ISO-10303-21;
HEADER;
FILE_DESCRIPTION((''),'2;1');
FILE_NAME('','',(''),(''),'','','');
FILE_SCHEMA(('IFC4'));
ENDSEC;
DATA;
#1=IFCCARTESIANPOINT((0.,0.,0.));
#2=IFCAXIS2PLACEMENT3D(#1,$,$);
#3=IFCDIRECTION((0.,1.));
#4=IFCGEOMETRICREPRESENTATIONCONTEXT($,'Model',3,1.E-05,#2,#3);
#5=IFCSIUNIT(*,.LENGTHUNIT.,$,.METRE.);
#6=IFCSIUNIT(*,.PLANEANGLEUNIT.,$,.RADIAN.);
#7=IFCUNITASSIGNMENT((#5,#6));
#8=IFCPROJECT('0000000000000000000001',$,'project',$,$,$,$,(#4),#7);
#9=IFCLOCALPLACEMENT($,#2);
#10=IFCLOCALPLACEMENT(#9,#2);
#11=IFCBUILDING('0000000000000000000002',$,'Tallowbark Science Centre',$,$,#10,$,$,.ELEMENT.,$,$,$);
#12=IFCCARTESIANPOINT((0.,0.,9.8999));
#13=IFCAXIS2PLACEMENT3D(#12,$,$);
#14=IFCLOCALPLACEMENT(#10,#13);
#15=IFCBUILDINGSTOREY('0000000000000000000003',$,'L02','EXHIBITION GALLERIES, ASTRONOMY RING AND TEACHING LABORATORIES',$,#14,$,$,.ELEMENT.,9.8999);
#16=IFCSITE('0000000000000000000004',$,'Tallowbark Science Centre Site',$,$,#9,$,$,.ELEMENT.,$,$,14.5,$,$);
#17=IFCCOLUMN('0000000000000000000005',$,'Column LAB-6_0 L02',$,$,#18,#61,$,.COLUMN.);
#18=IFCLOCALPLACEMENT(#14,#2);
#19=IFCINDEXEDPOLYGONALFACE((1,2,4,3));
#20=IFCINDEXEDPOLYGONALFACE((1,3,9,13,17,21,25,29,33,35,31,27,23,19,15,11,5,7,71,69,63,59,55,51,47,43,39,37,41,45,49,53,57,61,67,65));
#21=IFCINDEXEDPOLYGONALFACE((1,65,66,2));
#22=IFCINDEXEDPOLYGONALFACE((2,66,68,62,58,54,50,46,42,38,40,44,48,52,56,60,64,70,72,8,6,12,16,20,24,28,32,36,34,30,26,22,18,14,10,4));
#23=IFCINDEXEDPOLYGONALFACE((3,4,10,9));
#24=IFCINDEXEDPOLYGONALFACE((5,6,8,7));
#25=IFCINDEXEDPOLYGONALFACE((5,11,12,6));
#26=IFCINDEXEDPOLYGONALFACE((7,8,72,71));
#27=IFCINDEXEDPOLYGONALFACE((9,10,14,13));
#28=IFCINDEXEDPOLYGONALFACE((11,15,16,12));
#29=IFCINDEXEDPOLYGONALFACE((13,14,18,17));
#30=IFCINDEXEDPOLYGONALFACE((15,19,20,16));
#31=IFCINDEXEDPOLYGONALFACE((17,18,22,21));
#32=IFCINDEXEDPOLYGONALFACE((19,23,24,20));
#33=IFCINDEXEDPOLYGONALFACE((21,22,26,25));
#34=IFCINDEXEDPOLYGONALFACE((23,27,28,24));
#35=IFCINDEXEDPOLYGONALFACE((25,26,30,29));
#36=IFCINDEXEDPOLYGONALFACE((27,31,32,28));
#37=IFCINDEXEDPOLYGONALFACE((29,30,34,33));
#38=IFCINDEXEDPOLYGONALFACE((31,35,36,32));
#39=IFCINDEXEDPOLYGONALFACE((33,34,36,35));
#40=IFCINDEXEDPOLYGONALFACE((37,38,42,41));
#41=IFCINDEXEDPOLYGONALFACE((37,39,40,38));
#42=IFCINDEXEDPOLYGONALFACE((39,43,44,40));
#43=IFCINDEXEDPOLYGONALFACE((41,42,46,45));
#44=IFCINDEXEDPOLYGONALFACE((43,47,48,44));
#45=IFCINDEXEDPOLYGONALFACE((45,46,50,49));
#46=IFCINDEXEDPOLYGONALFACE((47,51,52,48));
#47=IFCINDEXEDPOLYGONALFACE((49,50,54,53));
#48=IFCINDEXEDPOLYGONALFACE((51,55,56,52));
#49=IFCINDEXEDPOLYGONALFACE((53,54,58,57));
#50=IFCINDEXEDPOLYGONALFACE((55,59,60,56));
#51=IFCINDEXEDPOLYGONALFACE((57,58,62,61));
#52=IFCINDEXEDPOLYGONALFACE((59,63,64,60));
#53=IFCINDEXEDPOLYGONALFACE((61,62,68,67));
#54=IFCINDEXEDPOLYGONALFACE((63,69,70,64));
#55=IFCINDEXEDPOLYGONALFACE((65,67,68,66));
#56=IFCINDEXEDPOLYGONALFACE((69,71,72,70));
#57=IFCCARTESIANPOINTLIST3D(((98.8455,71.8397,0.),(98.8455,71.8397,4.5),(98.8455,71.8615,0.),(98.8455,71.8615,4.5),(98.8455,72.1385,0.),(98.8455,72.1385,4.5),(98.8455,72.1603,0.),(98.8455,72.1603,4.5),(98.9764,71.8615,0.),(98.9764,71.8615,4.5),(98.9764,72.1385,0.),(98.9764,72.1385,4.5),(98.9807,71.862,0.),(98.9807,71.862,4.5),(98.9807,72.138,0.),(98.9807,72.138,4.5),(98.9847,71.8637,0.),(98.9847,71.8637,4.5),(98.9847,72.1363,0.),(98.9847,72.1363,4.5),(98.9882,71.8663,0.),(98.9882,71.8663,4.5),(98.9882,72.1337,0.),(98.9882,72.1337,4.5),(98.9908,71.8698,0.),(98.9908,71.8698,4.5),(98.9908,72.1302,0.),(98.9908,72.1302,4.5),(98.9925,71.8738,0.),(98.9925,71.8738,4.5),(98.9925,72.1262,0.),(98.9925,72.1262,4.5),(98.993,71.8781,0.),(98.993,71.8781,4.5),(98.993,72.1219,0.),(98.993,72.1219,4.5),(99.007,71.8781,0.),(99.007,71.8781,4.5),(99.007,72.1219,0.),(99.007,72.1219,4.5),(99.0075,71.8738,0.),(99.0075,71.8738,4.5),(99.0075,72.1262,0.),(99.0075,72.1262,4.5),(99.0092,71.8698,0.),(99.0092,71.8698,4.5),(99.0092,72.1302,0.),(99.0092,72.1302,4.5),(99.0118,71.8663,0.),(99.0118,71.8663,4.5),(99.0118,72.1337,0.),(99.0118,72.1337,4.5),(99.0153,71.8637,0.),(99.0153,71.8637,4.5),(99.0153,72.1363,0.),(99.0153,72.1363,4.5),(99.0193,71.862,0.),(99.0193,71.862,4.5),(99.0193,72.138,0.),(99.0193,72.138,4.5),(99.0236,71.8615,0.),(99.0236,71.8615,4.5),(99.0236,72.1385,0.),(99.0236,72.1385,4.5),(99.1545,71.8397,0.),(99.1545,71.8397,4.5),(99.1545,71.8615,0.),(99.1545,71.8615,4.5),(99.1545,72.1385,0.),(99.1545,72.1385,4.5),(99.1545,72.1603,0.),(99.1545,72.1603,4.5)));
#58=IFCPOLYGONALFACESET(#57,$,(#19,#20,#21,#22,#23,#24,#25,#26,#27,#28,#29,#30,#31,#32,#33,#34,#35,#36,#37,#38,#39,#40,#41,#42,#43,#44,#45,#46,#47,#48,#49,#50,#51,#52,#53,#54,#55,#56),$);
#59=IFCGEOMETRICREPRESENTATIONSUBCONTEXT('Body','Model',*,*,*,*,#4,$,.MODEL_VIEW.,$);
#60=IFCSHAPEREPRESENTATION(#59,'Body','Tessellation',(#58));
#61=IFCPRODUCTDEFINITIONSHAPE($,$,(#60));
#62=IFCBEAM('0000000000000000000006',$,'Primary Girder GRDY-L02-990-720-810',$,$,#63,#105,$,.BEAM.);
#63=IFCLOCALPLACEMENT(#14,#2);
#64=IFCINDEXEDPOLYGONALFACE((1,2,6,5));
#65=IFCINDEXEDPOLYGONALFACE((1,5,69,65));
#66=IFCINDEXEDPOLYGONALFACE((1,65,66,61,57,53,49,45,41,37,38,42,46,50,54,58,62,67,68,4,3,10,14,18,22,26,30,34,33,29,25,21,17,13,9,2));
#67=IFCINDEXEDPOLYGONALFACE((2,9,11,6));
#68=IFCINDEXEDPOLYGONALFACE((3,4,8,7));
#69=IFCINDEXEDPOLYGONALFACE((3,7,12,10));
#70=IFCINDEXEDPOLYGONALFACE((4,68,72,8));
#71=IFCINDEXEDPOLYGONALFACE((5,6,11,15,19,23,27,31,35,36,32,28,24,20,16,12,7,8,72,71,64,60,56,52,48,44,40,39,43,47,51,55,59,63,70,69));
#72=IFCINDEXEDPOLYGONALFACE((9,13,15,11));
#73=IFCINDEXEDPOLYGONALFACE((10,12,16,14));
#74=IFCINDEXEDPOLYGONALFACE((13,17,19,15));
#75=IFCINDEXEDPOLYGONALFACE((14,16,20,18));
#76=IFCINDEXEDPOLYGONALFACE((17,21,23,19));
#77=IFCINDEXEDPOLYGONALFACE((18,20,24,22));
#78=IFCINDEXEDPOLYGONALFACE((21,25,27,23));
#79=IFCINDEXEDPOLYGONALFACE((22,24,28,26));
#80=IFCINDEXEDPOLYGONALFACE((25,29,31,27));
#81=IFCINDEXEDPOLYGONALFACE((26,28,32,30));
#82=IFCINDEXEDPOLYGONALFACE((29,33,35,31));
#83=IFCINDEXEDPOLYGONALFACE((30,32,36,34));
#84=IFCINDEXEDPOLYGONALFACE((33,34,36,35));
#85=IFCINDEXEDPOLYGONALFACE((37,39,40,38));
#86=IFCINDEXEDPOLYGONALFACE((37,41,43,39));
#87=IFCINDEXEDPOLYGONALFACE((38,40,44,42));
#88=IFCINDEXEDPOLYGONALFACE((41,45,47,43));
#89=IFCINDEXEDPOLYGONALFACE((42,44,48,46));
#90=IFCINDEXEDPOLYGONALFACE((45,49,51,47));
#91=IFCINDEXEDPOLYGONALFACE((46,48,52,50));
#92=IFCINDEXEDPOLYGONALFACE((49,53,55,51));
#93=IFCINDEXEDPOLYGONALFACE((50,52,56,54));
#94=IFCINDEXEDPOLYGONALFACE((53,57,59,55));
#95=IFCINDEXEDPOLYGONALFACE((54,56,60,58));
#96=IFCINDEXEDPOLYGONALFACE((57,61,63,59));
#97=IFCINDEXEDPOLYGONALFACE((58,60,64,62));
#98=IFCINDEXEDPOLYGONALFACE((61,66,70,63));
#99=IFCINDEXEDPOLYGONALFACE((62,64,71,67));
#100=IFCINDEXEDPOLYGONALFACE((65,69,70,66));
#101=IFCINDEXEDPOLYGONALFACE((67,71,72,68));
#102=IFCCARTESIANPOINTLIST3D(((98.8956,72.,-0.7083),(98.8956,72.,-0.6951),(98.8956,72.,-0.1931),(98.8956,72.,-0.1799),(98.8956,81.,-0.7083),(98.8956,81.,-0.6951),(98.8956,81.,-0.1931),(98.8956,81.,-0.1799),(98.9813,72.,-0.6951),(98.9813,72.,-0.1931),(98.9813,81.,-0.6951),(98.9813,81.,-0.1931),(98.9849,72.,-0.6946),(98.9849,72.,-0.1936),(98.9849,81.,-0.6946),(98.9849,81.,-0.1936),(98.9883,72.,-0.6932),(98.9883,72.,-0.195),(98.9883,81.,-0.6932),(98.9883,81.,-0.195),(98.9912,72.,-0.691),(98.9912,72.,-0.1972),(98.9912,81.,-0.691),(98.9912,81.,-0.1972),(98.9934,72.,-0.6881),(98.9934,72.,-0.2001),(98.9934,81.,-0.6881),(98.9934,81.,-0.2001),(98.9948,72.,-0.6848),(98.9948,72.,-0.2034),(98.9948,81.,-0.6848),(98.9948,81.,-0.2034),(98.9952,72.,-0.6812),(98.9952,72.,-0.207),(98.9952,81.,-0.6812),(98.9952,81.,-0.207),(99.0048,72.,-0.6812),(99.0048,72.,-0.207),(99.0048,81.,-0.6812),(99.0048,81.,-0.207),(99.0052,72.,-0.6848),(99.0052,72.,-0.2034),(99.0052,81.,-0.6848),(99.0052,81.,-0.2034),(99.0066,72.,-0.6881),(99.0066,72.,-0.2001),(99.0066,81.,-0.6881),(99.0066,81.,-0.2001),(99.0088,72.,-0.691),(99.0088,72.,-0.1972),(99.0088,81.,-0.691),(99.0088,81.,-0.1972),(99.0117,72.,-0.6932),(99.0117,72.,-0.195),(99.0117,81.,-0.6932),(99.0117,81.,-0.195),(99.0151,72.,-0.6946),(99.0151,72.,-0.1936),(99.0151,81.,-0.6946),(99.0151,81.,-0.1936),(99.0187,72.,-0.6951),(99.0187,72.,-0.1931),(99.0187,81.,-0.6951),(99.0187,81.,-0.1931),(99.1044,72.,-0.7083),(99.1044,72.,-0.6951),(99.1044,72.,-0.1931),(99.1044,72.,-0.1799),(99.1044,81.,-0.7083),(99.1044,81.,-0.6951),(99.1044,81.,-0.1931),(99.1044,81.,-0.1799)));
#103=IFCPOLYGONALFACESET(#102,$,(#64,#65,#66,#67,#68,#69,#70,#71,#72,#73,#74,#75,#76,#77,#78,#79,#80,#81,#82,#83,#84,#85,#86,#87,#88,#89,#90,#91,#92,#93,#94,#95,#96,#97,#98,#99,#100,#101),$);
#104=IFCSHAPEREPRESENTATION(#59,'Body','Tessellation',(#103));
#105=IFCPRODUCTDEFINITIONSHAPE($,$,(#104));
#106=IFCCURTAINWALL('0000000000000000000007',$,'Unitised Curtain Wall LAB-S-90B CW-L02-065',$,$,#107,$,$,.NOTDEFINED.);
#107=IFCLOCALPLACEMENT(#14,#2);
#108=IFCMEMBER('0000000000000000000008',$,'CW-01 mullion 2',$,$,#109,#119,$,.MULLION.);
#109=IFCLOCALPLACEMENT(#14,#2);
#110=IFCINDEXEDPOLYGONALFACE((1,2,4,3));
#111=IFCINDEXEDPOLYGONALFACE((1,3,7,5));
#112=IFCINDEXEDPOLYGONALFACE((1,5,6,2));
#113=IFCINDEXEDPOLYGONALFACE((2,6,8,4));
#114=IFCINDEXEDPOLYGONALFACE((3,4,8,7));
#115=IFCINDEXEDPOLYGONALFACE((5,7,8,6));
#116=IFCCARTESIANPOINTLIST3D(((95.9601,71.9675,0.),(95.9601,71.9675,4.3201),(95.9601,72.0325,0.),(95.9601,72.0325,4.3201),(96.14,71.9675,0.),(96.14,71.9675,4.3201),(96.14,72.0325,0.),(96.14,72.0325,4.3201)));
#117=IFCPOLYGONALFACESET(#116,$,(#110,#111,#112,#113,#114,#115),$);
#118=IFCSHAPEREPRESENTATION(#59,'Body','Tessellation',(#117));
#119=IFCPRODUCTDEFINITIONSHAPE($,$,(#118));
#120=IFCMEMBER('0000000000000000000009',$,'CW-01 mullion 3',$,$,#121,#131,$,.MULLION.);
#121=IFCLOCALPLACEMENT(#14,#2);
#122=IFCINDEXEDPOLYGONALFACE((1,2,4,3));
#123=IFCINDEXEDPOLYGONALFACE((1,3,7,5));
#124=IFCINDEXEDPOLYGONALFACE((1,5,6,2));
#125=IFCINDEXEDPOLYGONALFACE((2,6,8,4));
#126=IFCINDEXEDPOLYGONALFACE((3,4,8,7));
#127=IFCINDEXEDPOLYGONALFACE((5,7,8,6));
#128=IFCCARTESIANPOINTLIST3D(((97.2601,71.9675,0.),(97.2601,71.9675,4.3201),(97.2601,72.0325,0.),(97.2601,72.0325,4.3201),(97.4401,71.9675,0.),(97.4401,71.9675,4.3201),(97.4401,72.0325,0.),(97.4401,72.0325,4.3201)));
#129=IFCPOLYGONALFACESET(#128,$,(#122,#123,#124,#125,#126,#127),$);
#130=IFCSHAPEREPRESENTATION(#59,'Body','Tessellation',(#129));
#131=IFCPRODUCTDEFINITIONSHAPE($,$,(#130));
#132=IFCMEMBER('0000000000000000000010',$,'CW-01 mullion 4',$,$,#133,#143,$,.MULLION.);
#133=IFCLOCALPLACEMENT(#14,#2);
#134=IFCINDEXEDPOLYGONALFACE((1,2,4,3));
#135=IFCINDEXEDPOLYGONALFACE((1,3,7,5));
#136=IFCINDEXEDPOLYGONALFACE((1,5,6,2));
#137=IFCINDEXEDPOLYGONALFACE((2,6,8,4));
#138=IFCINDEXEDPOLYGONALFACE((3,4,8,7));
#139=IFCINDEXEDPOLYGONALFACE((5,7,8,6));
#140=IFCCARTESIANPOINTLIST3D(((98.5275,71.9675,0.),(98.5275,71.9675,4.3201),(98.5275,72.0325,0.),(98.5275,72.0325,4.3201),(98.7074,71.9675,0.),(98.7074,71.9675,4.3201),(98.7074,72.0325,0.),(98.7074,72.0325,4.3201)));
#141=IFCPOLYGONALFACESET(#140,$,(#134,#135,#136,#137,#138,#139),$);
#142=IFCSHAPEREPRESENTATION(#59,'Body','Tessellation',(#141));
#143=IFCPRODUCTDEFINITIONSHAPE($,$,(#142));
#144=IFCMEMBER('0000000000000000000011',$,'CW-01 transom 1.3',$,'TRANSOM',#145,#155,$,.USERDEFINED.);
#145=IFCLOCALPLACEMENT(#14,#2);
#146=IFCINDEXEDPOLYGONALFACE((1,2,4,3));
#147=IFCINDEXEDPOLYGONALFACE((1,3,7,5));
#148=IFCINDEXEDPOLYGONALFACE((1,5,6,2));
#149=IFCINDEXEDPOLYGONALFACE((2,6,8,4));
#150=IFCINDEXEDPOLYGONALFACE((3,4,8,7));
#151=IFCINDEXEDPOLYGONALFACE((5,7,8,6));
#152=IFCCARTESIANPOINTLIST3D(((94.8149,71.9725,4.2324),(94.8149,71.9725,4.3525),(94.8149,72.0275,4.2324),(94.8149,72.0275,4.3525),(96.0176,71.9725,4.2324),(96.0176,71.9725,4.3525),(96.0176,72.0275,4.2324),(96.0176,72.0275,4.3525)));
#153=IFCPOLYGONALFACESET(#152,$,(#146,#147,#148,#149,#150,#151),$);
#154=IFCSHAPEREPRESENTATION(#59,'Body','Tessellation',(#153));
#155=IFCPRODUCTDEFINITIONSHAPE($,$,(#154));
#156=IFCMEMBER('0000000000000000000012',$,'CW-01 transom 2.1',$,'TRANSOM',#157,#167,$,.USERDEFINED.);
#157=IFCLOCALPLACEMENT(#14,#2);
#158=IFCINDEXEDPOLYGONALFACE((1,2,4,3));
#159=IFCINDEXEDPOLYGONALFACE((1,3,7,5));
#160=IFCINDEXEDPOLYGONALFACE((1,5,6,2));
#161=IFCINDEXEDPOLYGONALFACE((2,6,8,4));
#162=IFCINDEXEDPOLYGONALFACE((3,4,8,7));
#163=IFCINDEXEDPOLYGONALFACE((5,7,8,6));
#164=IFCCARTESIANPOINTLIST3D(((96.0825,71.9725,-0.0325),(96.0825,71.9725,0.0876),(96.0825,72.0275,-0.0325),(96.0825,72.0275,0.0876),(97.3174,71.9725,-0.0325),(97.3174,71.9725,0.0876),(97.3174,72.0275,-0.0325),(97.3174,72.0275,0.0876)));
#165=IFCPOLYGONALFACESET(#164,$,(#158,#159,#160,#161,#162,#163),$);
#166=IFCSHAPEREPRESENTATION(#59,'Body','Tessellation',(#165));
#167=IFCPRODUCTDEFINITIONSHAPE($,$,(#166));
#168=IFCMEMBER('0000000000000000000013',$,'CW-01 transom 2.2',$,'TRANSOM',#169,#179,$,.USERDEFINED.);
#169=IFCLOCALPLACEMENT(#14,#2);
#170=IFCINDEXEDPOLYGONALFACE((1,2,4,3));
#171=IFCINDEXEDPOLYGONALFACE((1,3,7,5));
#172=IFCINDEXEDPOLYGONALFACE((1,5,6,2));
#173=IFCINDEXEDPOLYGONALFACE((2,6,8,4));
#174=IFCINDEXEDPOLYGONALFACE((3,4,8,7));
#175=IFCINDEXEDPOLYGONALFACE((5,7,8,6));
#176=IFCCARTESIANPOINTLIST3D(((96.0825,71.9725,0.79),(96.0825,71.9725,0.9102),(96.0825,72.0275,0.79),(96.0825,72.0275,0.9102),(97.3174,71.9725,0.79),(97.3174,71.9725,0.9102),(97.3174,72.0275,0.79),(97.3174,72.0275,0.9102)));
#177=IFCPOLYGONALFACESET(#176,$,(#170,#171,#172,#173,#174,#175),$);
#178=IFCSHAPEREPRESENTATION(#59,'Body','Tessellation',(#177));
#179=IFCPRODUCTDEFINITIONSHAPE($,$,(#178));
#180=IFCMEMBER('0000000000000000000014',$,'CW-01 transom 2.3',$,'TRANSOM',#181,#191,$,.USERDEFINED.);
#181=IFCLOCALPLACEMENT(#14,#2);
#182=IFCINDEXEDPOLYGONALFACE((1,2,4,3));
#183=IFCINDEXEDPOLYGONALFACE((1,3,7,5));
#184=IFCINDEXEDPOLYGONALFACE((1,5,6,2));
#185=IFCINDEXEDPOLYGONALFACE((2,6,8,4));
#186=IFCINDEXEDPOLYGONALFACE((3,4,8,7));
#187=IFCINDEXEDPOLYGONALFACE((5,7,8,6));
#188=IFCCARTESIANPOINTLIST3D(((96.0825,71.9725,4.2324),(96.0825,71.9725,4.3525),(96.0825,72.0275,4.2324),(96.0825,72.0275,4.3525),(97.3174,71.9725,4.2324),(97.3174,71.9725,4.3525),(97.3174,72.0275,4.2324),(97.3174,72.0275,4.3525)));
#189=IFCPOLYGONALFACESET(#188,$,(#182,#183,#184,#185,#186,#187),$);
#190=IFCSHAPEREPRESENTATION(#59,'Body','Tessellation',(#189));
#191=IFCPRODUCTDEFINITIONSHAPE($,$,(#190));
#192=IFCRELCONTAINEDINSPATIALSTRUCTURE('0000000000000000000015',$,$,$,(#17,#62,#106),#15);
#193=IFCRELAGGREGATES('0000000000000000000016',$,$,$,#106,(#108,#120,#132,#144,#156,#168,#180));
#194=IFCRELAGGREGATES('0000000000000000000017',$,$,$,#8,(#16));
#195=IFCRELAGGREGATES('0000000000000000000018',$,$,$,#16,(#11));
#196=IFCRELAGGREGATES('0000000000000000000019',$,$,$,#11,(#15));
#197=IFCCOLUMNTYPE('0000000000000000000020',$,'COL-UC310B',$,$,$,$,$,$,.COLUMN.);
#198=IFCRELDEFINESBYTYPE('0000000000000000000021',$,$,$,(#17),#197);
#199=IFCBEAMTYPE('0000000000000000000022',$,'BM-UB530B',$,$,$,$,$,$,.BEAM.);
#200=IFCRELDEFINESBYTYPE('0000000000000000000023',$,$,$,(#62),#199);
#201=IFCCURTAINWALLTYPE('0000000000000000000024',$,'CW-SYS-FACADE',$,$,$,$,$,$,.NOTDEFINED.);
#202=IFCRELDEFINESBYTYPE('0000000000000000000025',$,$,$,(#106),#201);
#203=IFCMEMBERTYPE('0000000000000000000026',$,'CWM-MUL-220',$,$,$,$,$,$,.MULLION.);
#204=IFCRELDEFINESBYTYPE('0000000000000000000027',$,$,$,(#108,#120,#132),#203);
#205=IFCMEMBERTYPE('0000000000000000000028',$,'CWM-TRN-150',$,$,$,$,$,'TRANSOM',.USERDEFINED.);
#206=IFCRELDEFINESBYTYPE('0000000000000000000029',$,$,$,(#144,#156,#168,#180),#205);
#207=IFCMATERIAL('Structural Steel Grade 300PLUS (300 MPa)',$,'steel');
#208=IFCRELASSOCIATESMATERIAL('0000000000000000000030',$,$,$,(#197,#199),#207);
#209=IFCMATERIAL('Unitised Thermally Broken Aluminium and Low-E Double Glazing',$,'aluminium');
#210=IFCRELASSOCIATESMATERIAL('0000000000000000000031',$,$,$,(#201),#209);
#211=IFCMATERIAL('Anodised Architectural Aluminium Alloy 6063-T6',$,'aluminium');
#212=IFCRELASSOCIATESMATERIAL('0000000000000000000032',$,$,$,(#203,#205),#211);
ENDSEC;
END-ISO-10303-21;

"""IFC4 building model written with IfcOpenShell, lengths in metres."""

from ifc_helpers import new_model, si_unit, direction, frame, origin, origin_2d, place, context, subcontext, project, spatial, rectangle, i_section, extrude, material, material_profile, profile_set, type_object, element, aggregate, save


model = new_model("IFC4")

# Units and contexts
model_context = context("Model", 3, precision=1e-05, world=origin(), true_north=direction((0.0, 1.0)))
body_context = subcontext(model_context, "Body", "Model", "MODEL_VIEW")
ifc_project = project(units=[si_unit("LENGTHUNIT", "METRE"), si_unit("PLANEANGLEUNIT", "RADIAN")], contexts=[model_context])

# Site, building, storey
site_placement = place(None, origin())
site = spatial("IfcSite", under=ifc_project, at=site_placement, Name="Tallowbark Science Centre Site", CompositionType="ELEMENT", RefElevation=14.5)
building_placement = place(site_placement, origin())
building = spatial("IfcBuilding", under=site, at=building_placement, Name="Tallowbark Science Centre", CompositionType="ELEMENT")
storey_placement = place(building_placement, frame((0.0, 0.0, 9.8999)))
storey = spatial("IfcBuildingStorey", under=building, at=storey_placement, Name="L02", Description="EXHIBITION GALLERIES, ASTRONOMY RING AND TEACHING LABORATORIES", CompositionType="ELEMENT", Elevation=9.8999)

# Column
ifc_material_1 = material(Name="Structural Steel Grade 300PLUS (300 MPa)", Category="steel")
ifc_material_profile_1 = material_profile(ifc_material_1, i_section(OverallWidth=0.3091, OverallDepth=0.3206, WebThickness=0.0139, FlangeThickness=0.0217, FilletRadius=0.0166, at=origin_2d()), Name="310UC137")
ifc_profile_set_1 = profile_set([ifc_material_profile_1], Name="Structural Steel Grade 300PLUS (300 MPa)")
column_type = type_object("IfcColumnType", Name="COL-UC310B", PredefinedType="COLUMN", material=ifc_profile_set_1)
column_placement = place(storey_placement, frame((99.0, 72.0, 0.0), z_axis=(0.0, 0.0, 1.0), x_axis=(1.0, 0.0, 0.0)))
element("IfcColumn", 1, at=column_placement, inside=storey, type_object=column_type, Name="Column LAB-6_0 L02", PredefinedType="COLUMN", context=body_context, shape_type="SweptSolid", body=[
    extrude(i_section(OverallWidth=0.3091, OverallDepth=0.3206, WebThickness=0.0139, FlangeThickness=0.0217, FilletRadius=0.0166, at=origin_2d()), origin(), (0.0, 0.0, 1.0), 4.5),
])

# Beam
ifc_material_profile_2 = material_profile(ifc_material_1, i_section(OverallWidth=0.2087, OverallDepth=0.5283, WebThickness=0.0095, FlangeThickness=0.0132, FilletRadius=0.0139, at=origin_2d()), Name="530UB82.0")
ifc_profile_set_2 = profile_set([ifc_material_profile_2], Name="Structural Steel Grade 300PLUS (300 MPa)")
beam_type_1 = type_object("IfcBeamType", Name="BM-UB530B", PredefinedType="BEAM", material=ifc_profile_set_2)
beam_1_placement = place(storey_placement, frame((99.0, 72.0, -0.4441), z_axis=(0.0, 1.0, 0.0), x_axis=(-1.0, 0.0, 0.0)))
element("IfcBeam", 2, at=beam_1_placement, inside=storey, type_object=beam_type_1, Name="Primary Girder GRDY-L02-990-720-810", PredefinedType="BEAM", context=body_context, shape_type="SweptSolid", body=[
    extrude(i_section(OverallWidth=0.2087, OverallDepth=0.5283, WebThickness=0.0095, FlangeThickness=0.0132, FilletRadius=0.0139, at=origin_2d()), origin(), (0.0, 0.0, 1.0), 9.0),
])

# Curtain wall, members
ifc_material_2 = material(Name="Unitised Thermally Broken Aluminium and Low-E Double Glazing", Category="aluminium")
curtain_wall_type = type_object("IfcCurtainWallType", Name="CW-SYS-FACADE", PredefinedType="NOTDEFINED", material=ifc_material_2)
curtain_wall_placement = place(storey_placement, origin())
curtain_wall = element("IfcCurtainWall", 3, at=curtain_wall_placement, inside=storey, type_object=curtain_wall_type, Name="Unitised Curtain Wall LAB-S-90B CW-L02-065", PredefinedType="NOTDEFINED")
ifc_material_3 = material(Name="Anodised Architectural Aluminium Alloy 6063-T6", Category="aluminium")
ifc_material_profile_3 = material_profile(ifc_material_3, rectangle(XDim=0.0649, YDim=0.1799, at=origin_2d()), Name="ALU65x180")
ifc_profile_set_3 = profile_set([ifc_material_profile_3], Name="Anodised Architectural Aluminium Alloy 6063-T6")
member_type_1 = type_object("IfcMemberType", Name="CWM-MUL-220", PredefinedType="MULLION", material=ifc_profile_set_3)
member_1_placement = place(storey_placement, frame((96.05, 72.0, 0.0), z_axis=(0.0, 0.0, 1.0), x_axis=(0.0, 1.0, 0.0)))
member_1 = element("IfcMember", 4, at=member_1_placement, type_object=member_type_1, Name="CW-01 mullion 2", PredefinedType="MULLION", context=body_context, shape_type="SweptSolid", body=[
    extrude(rectangle(XDim=0.0649, YDim=0.1799, at=origin_2d()), origin(), (0.0, 0.0, 1.0), 4.3201),
])
member_2_placement = place(storey_placement, frame((97.3501, 72.0, 0.0), z_axis=(0.0, 0.0, 1.0), x_axis=(0.0, 1.0, 0.0)))
member_2 = element("IfcMember", 5, at=member_2_placement, type_object=member_type_1, Name="CW-01 mullion 3", PredefinedType="MULLION", context=body_context, shape_type="SweptSolid", body=[
    extrude(rectangle(XDim=0.0649, YDim=0.1799, at=origin_2d()), origin(), (0.0, 0.0, 1.0), 4.3201),
])
member_3_placement = place(storey_placement, frame((98.6174, 72.0, 0.0), z_axis=(0.0, 0.0, 1.0), x_axis=(0.0, 1.0, 0.0)))
member_3 = element("IfcMember", 6, at=member_3_placement, type_object=member_type_1, Name="CW-01 mullion 4", PredefinedType="MULLION", context=body_context, shape_type="SweptSolid", body=[
    extrude(rectangle(XDim=0.0649, YDim=0.1799, at=origin_2d()), origin(), (0.0, 0.0, 1.0), 4.3201),
])
ifc_material_profile_4 = material_profile(ifc_material_3, rectangle(XDim=0.0549, YDim=0.1201, at=origin_2d()), Name="ALU55x120")
ifc_profile_set_4 = profile_set([ifc_material_profile_4], Name="Anodised Architectural Aluminium Alloy 6063-T6")
member_type_2 = type_object("IfcMemberType", Name="CWM-TRN-150", ElementType="TRANSOM", PredefinedType="USERDEFINED", material=ifc_profile_set_4)
member_4_placement = place(storey_placement, frame((94.8149, 72.0, 4.2925), z_axis=(1.0, 0.0, 0.0), x_axis=(0.0, 1.0, 0.0)))
member_4 = element("IfcMember", 7, at=member_4_placement, type_object=member_type_2, Name="CW-01 transom 1.3", ObjectType="TRANSOM", PredefinedType="USERDEFINED", context=body_context, shape_type="SweptSolid", body=[
    extrude(rectangle(XDim=0.0549, YDim=0.1201, at=origin_2d()), origin(), (0.0, 0.0, 1.0), 1.2026),
])
member_5_placement = place(storey_placement, frame((96.0825, 72.0, 0.0276), z_axis=(1.0, 0.0, 0.0), x_axis=(0.0, 1.0, 0.0)))
member_5 = element("IfcMember", 8, at=member_5_placement, type_object=member_type_2, Name="CW-01 transom 2.1", ObjectType="TRANSOM", PredefinedType="USERDEFINED", context=body_context, shape_type="SweptSolid", body=[
    extrude(rectangle(XDim=0.0549, YDim=0.1201, at=origin_2d()), origin(), (0.0, 0.0, 1.0), 1.2349),
])
member_6_placement = place(storey_placement, frame((96.0825, 72.0, 0.8501), z_axis=(1.0, 0.0, 0.0), x_axis=(0.0, 1.0, 0.0)))
member_6 = element("IfcMember", 9, at=member_6_placement, type_object=member_type_2, Name="CW-01 transom 2.2", ObjectType="TRANSOM", PredefinedType="USERDEFINED", context=body_context, shape_type="SweptSolid", body=[
    extrude(rectangle(XDim=0.0549, YDim=0.1201, at=origin_2d()), origin(), (0.0, 0.0, 1.0), 1.2349),
])
member_7_placement = place(storey_placement, frame((96.0825, 72.0, 4.2925), z_axis=(1.0, 0.0, 0.0), x_axis=(0.0, 1.0, 0.0)))
member_7 = element("IfcMember", 10, at=member_7_placement, type_object=member_type_2, Name="CW-01 transom 2.3", ObjectType="TRANSOM", PredefinedType="USERDEFINED", context=body_context, shape_type="SweptSolid", body=[
    extrude(rectangle(XDim=0.0549, YDim=0.1201, at=origin_2d()), origin(), (0.0, 0.0, 1.0), 1.2349),
])

aggregate(curtain_wall, [member_1, member_2, member_3, member_4, member_5, member_6, member_7])

save(model, "model.ifc")
